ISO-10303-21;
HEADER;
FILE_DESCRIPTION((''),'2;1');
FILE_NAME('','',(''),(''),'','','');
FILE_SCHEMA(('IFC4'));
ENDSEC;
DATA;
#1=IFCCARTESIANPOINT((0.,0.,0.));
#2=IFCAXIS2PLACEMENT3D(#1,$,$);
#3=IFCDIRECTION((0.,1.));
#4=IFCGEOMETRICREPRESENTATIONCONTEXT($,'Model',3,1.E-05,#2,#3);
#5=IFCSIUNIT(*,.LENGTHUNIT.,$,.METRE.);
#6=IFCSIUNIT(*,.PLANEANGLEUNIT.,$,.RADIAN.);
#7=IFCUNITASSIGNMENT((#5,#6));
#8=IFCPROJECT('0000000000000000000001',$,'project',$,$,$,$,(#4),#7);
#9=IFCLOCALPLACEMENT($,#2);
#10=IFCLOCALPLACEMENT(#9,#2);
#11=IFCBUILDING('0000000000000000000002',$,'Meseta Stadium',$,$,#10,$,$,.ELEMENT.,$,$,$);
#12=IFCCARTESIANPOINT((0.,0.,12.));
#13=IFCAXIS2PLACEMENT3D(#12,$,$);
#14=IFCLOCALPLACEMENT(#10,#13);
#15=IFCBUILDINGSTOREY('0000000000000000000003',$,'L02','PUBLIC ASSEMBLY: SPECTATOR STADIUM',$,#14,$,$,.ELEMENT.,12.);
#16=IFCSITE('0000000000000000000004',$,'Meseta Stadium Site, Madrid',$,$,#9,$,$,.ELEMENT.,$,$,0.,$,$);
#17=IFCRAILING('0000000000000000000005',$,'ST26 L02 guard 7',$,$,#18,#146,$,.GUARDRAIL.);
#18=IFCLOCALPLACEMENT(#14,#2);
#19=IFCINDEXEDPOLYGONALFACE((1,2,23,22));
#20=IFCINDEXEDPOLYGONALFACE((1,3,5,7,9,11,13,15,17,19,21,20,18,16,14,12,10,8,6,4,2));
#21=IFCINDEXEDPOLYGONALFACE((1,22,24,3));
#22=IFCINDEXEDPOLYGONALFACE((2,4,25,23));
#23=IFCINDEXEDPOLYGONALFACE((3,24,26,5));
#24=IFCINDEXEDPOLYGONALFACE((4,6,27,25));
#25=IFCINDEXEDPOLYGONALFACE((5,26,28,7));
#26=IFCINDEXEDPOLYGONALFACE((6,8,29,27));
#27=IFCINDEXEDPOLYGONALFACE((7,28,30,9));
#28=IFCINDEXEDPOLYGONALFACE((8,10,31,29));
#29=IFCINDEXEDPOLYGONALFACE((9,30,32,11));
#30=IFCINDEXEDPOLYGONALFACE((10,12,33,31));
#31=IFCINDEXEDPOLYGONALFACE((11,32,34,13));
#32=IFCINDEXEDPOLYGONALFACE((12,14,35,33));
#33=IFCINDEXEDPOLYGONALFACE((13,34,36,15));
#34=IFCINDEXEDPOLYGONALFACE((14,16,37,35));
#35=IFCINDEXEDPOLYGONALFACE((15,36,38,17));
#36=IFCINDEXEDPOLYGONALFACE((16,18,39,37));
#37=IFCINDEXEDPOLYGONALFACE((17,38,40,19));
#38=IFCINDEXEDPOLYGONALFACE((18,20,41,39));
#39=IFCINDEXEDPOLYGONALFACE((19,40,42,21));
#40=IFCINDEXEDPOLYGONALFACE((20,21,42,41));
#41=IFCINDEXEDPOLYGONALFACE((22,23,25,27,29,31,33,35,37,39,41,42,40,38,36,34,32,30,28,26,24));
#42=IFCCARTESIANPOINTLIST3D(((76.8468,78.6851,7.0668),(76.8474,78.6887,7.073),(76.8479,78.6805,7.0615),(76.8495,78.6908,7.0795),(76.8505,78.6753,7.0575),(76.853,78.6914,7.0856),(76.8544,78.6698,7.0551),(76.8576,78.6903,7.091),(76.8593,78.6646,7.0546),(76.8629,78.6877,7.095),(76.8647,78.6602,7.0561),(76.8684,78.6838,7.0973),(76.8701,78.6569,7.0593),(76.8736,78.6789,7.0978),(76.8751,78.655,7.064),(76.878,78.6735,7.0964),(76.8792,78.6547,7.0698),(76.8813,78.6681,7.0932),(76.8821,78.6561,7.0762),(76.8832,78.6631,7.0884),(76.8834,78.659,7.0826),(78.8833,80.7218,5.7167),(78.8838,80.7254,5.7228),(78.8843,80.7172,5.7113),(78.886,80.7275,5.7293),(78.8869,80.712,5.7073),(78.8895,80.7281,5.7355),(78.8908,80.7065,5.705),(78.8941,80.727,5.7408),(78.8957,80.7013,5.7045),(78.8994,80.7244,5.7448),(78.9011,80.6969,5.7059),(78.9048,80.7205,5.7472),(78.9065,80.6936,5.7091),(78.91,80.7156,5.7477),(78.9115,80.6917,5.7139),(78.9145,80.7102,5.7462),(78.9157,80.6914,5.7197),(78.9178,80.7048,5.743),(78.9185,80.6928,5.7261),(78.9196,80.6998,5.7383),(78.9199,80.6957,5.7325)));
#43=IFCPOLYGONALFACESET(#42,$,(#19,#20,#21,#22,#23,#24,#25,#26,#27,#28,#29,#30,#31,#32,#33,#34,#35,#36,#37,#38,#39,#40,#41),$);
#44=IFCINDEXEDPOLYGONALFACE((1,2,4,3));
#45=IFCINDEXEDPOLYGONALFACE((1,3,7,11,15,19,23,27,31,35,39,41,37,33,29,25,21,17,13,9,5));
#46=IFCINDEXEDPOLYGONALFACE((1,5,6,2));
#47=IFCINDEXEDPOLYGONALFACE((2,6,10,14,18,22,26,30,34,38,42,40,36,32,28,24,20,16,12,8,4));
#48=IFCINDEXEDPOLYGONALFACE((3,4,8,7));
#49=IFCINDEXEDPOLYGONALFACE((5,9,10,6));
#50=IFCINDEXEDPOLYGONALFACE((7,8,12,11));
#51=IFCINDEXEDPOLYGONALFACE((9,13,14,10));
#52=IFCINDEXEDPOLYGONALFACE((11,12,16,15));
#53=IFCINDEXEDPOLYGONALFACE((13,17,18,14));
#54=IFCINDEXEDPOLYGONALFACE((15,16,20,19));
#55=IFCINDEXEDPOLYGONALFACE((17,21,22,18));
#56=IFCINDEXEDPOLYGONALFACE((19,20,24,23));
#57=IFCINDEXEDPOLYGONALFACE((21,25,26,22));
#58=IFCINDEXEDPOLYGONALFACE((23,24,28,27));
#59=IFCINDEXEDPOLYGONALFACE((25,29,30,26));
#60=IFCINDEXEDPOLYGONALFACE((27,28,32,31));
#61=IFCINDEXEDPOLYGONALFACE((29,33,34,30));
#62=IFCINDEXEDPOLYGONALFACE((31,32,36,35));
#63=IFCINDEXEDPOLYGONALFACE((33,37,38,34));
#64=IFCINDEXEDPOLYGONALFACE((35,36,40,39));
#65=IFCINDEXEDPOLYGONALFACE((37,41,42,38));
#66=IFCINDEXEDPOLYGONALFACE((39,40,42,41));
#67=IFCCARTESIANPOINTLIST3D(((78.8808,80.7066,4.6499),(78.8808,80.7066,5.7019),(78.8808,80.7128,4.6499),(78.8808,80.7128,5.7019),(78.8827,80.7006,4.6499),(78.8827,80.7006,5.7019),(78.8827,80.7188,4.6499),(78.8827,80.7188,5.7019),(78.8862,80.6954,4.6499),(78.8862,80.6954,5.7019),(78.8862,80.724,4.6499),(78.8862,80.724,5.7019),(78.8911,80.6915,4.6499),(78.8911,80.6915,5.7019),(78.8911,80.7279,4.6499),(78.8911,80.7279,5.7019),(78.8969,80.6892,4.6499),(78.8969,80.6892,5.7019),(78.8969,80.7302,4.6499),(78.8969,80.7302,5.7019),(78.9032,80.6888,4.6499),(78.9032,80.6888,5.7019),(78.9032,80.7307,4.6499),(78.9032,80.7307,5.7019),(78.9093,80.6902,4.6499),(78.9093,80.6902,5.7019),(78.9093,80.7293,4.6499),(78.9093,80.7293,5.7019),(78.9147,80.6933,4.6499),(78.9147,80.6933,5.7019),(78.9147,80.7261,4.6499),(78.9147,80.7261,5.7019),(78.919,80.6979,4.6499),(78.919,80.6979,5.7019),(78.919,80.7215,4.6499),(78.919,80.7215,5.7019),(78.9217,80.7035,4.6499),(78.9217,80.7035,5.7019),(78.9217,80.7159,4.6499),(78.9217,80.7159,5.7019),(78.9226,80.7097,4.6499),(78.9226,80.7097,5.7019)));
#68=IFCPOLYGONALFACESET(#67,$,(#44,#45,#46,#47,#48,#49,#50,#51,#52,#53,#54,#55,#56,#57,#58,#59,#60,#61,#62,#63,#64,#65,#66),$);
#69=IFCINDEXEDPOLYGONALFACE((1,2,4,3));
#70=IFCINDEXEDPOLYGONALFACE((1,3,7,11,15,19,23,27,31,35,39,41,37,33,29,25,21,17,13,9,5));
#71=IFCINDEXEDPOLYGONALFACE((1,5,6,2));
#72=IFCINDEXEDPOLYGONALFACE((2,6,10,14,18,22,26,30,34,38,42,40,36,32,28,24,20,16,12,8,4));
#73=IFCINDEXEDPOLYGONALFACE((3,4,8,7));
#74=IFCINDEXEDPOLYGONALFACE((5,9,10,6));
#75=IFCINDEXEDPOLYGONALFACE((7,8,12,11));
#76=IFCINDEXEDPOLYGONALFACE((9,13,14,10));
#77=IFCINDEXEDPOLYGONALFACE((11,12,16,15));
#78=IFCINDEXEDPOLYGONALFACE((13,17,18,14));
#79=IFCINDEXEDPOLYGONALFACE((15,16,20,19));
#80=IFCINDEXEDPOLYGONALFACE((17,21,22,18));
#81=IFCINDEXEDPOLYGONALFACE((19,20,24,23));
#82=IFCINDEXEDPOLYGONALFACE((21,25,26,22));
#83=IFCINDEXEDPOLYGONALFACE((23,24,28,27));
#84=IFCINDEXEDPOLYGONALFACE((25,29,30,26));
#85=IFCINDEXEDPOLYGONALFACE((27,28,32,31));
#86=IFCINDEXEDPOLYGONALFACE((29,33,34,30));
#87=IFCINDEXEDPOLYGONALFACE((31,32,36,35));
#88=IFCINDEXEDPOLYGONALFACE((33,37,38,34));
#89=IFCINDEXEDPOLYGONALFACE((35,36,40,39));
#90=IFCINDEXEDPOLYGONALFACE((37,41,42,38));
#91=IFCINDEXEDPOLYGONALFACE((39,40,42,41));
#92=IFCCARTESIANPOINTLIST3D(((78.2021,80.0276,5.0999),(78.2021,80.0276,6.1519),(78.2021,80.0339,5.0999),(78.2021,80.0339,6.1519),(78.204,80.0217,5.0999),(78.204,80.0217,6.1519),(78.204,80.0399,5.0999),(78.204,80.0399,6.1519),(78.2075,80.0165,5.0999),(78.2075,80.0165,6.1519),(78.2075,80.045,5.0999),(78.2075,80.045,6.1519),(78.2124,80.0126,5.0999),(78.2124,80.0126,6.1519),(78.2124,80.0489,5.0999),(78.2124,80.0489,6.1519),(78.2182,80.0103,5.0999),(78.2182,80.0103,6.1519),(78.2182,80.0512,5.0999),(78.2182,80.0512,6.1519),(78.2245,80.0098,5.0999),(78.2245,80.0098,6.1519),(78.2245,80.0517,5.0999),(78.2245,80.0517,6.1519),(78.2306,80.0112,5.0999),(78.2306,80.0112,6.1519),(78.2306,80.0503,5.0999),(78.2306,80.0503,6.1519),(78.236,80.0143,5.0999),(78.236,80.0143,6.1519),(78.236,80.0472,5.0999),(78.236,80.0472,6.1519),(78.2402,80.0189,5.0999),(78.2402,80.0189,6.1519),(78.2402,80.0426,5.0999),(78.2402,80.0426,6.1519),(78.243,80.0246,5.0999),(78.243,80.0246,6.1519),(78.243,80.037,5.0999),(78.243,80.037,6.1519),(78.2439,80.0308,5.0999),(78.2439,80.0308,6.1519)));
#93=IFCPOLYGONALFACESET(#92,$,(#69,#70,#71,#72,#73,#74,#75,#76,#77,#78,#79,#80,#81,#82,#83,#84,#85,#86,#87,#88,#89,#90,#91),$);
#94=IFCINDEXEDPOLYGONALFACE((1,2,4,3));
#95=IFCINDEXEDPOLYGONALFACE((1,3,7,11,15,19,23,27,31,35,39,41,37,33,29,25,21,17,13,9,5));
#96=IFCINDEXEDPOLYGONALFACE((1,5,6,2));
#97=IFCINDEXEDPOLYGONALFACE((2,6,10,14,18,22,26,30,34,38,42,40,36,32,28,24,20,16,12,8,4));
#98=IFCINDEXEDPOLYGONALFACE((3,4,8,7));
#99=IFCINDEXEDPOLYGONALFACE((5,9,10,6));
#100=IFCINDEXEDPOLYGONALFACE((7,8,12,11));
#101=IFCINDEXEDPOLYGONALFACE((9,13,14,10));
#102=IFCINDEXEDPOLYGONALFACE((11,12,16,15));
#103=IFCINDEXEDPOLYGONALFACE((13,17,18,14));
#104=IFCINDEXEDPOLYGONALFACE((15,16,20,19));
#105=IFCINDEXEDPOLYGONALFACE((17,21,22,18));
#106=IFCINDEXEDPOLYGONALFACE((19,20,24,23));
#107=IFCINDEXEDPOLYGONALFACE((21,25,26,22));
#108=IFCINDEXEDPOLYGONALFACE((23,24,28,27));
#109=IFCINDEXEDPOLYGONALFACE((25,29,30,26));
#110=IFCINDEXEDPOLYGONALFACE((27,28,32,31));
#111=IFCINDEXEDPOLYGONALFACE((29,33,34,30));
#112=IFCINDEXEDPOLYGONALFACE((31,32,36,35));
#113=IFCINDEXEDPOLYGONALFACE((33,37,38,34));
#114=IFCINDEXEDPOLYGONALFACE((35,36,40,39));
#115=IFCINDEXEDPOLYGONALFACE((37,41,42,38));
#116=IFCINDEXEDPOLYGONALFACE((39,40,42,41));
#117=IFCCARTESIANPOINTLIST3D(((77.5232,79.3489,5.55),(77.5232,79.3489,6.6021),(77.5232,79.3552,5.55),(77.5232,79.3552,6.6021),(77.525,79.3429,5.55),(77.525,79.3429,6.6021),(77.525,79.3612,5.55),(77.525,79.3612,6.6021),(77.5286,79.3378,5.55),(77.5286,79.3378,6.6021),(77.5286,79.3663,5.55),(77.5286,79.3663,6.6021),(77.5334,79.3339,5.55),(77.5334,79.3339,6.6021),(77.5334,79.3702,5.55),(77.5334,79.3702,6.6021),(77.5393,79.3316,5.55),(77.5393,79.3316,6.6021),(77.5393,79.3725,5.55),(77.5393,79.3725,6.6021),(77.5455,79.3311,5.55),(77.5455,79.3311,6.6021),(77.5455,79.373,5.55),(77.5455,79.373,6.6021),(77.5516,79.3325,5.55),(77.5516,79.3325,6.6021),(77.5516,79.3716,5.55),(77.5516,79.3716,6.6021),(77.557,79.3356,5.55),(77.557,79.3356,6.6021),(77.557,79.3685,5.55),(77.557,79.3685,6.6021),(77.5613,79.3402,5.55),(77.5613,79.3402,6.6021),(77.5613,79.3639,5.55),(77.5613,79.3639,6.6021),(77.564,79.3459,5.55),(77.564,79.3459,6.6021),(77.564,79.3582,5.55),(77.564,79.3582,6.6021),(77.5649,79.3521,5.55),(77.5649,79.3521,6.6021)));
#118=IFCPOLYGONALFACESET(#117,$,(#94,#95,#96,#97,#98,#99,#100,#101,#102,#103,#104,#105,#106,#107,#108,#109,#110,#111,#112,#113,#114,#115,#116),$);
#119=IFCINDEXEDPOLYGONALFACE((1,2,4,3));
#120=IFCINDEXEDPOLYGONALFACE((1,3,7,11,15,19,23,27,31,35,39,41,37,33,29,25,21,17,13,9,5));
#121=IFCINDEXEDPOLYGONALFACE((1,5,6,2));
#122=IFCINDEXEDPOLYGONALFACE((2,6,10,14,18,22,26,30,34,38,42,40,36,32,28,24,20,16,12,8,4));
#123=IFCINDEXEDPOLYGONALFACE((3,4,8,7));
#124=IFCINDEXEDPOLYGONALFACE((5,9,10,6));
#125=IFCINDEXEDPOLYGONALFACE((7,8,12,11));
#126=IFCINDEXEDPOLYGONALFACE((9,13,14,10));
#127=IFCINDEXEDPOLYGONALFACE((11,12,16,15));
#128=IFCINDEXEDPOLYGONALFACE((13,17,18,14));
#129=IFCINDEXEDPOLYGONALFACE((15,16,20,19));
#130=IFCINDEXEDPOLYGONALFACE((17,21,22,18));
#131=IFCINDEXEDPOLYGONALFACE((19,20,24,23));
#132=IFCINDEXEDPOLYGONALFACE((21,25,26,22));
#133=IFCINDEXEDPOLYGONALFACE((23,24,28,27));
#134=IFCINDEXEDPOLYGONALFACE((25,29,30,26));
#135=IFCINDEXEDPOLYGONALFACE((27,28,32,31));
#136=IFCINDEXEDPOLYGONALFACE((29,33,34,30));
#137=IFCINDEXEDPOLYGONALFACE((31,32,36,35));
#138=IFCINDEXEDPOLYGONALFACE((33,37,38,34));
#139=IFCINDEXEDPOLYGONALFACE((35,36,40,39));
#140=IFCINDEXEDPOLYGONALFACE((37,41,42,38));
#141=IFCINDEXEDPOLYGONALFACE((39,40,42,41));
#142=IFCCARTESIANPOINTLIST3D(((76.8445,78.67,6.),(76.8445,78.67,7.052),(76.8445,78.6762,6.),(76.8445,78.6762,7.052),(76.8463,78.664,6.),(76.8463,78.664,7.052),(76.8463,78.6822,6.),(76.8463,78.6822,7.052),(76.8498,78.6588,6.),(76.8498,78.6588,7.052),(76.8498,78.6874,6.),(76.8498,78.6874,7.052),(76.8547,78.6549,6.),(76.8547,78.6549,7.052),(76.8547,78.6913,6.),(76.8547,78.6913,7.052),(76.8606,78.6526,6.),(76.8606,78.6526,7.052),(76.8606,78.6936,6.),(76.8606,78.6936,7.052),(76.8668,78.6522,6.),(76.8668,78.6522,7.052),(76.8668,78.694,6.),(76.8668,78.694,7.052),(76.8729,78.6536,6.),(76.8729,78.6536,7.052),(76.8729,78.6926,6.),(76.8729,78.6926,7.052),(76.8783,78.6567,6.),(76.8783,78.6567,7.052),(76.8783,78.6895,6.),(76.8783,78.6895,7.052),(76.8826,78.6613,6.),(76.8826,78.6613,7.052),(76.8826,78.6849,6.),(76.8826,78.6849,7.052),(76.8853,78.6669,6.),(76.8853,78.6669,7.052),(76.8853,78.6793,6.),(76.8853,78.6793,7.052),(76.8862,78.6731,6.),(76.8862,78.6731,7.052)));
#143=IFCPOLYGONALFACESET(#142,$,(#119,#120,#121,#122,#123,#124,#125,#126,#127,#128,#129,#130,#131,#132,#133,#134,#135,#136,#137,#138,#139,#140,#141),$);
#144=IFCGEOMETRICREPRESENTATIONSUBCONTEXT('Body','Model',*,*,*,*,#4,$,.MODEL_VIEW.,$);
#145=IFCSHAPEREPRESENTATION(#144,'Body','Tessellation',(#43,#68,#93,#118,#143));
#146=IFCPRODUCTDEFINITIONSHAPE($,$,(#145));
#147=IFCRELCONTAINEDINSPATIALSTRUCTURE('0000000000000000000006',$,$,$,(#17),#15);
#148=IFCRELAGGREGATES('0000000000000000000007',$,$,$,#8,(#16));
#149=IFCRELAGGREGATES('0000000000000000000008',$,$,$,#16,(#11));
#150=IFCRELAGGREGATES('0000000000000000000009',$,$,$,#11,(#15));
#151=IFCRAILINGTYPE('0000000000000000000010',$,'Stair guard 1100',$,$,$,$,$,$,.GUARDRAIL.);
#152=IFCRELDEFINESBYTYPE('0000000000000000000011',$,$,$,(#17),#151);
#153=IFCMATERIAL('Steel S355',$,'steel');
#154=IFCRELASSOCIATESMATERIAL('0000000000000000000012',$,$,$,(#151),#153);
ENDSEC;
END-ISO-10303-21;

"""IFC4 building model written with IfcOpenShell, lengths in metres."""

from ifc_helpers import new_model, si_unit, direction, frame, origin, origin_2d, place, context, subcontext, project, spatial, circle, extrude, material, type_object, element, save


model = new_model("IFC4")

# Units and contexts
model_context = context("Model", 3, precision=1e-05, world=origin(), true_north=direction((0.0, 1.0)))
body_context = subcontext(model_context, "Body", "Model", "MODEL_VIEW")
ifc_project = project(units=[si_unit("LENGTHUNIT", "METRE"), si_unit("PLANEANGLEUNIT", "RADIAN")], contexts=[model_context])

# Site, building, storey
site_placement = place(None, origin())
site = spatial("IfcSite", under=ifc_project, at=site_placement, Name="Meseta Stadium Site, Madrid", CompositionType="ELEMENT", RefElevation=0.0)
building_placement = place(site_placement, origin())
building = spatial("IfcBuilding", under=site, at=building_placement, Name="Meseta Stadium", CompositionType="ELEMENT")
storey_placement = place(building_placement, frame((0.0, 0.0, 12.0)))
storey = spatial("IfcBuildingStorey", under=building, at=storey_placement, Name="L02", Description="PUBLIC ASSEMBLY: SPECTATOR STADIUM", CompositionType="ELEMENT", Elevation=12.0)

# Railing
ifc_material_1 = material(Name="Steel S355", Category="steel")
railing_type_1 = type_object("IfcRailingType", Name="Stair guard 1100", PredefinedType="GUARDRAIL", material=ifc_material_1)
railing_1_placement = place(storey_placement, frame((78.9016, 80.7097, 4.6499)))
element("IfcRailing", 1, at=railing_1_placement, inside=storey, type_object=railing_type_1, Name="ST26 L02 guard 7", PredefinedType="GUARDRAIL", context=body_context, shape_type="SweptSolid", body=[
    extrude(circle(Radius=0.0239, at=origin_2d()), frame((0.0, 0.0, 1.0762), z_axis=(-0.640211, -0.640288, 0.424454), x_axis=(0.707149, -0.707064, 0.0)), (0.0, 0.0, 1.0), 3.1809),
    extrude(circle(Radius=0.021, at=origin_2d()), origin(), (0.0, 0.0, 1.0), 1.052),
    extrude(circle(Radius=0.021, at=origin_2d()), frame((-0.6787, -0.679, 0.45)), (0.0, 0.0, 1.0), 1.052),
    extrude(circle(Radius=0.021, at=origin_2d()), frame((-1.3577, -1.3577, 0.9001)), (0.0, 0.0, 1.0), 1.052),
    extrude(circle(Radius=0.021, at=origin_2d()), frame((-2.0364, -2.0366, 1.3501)), (0.0, 0.0, 1.0), 1.052),
])

save(model, "model.ifc")
